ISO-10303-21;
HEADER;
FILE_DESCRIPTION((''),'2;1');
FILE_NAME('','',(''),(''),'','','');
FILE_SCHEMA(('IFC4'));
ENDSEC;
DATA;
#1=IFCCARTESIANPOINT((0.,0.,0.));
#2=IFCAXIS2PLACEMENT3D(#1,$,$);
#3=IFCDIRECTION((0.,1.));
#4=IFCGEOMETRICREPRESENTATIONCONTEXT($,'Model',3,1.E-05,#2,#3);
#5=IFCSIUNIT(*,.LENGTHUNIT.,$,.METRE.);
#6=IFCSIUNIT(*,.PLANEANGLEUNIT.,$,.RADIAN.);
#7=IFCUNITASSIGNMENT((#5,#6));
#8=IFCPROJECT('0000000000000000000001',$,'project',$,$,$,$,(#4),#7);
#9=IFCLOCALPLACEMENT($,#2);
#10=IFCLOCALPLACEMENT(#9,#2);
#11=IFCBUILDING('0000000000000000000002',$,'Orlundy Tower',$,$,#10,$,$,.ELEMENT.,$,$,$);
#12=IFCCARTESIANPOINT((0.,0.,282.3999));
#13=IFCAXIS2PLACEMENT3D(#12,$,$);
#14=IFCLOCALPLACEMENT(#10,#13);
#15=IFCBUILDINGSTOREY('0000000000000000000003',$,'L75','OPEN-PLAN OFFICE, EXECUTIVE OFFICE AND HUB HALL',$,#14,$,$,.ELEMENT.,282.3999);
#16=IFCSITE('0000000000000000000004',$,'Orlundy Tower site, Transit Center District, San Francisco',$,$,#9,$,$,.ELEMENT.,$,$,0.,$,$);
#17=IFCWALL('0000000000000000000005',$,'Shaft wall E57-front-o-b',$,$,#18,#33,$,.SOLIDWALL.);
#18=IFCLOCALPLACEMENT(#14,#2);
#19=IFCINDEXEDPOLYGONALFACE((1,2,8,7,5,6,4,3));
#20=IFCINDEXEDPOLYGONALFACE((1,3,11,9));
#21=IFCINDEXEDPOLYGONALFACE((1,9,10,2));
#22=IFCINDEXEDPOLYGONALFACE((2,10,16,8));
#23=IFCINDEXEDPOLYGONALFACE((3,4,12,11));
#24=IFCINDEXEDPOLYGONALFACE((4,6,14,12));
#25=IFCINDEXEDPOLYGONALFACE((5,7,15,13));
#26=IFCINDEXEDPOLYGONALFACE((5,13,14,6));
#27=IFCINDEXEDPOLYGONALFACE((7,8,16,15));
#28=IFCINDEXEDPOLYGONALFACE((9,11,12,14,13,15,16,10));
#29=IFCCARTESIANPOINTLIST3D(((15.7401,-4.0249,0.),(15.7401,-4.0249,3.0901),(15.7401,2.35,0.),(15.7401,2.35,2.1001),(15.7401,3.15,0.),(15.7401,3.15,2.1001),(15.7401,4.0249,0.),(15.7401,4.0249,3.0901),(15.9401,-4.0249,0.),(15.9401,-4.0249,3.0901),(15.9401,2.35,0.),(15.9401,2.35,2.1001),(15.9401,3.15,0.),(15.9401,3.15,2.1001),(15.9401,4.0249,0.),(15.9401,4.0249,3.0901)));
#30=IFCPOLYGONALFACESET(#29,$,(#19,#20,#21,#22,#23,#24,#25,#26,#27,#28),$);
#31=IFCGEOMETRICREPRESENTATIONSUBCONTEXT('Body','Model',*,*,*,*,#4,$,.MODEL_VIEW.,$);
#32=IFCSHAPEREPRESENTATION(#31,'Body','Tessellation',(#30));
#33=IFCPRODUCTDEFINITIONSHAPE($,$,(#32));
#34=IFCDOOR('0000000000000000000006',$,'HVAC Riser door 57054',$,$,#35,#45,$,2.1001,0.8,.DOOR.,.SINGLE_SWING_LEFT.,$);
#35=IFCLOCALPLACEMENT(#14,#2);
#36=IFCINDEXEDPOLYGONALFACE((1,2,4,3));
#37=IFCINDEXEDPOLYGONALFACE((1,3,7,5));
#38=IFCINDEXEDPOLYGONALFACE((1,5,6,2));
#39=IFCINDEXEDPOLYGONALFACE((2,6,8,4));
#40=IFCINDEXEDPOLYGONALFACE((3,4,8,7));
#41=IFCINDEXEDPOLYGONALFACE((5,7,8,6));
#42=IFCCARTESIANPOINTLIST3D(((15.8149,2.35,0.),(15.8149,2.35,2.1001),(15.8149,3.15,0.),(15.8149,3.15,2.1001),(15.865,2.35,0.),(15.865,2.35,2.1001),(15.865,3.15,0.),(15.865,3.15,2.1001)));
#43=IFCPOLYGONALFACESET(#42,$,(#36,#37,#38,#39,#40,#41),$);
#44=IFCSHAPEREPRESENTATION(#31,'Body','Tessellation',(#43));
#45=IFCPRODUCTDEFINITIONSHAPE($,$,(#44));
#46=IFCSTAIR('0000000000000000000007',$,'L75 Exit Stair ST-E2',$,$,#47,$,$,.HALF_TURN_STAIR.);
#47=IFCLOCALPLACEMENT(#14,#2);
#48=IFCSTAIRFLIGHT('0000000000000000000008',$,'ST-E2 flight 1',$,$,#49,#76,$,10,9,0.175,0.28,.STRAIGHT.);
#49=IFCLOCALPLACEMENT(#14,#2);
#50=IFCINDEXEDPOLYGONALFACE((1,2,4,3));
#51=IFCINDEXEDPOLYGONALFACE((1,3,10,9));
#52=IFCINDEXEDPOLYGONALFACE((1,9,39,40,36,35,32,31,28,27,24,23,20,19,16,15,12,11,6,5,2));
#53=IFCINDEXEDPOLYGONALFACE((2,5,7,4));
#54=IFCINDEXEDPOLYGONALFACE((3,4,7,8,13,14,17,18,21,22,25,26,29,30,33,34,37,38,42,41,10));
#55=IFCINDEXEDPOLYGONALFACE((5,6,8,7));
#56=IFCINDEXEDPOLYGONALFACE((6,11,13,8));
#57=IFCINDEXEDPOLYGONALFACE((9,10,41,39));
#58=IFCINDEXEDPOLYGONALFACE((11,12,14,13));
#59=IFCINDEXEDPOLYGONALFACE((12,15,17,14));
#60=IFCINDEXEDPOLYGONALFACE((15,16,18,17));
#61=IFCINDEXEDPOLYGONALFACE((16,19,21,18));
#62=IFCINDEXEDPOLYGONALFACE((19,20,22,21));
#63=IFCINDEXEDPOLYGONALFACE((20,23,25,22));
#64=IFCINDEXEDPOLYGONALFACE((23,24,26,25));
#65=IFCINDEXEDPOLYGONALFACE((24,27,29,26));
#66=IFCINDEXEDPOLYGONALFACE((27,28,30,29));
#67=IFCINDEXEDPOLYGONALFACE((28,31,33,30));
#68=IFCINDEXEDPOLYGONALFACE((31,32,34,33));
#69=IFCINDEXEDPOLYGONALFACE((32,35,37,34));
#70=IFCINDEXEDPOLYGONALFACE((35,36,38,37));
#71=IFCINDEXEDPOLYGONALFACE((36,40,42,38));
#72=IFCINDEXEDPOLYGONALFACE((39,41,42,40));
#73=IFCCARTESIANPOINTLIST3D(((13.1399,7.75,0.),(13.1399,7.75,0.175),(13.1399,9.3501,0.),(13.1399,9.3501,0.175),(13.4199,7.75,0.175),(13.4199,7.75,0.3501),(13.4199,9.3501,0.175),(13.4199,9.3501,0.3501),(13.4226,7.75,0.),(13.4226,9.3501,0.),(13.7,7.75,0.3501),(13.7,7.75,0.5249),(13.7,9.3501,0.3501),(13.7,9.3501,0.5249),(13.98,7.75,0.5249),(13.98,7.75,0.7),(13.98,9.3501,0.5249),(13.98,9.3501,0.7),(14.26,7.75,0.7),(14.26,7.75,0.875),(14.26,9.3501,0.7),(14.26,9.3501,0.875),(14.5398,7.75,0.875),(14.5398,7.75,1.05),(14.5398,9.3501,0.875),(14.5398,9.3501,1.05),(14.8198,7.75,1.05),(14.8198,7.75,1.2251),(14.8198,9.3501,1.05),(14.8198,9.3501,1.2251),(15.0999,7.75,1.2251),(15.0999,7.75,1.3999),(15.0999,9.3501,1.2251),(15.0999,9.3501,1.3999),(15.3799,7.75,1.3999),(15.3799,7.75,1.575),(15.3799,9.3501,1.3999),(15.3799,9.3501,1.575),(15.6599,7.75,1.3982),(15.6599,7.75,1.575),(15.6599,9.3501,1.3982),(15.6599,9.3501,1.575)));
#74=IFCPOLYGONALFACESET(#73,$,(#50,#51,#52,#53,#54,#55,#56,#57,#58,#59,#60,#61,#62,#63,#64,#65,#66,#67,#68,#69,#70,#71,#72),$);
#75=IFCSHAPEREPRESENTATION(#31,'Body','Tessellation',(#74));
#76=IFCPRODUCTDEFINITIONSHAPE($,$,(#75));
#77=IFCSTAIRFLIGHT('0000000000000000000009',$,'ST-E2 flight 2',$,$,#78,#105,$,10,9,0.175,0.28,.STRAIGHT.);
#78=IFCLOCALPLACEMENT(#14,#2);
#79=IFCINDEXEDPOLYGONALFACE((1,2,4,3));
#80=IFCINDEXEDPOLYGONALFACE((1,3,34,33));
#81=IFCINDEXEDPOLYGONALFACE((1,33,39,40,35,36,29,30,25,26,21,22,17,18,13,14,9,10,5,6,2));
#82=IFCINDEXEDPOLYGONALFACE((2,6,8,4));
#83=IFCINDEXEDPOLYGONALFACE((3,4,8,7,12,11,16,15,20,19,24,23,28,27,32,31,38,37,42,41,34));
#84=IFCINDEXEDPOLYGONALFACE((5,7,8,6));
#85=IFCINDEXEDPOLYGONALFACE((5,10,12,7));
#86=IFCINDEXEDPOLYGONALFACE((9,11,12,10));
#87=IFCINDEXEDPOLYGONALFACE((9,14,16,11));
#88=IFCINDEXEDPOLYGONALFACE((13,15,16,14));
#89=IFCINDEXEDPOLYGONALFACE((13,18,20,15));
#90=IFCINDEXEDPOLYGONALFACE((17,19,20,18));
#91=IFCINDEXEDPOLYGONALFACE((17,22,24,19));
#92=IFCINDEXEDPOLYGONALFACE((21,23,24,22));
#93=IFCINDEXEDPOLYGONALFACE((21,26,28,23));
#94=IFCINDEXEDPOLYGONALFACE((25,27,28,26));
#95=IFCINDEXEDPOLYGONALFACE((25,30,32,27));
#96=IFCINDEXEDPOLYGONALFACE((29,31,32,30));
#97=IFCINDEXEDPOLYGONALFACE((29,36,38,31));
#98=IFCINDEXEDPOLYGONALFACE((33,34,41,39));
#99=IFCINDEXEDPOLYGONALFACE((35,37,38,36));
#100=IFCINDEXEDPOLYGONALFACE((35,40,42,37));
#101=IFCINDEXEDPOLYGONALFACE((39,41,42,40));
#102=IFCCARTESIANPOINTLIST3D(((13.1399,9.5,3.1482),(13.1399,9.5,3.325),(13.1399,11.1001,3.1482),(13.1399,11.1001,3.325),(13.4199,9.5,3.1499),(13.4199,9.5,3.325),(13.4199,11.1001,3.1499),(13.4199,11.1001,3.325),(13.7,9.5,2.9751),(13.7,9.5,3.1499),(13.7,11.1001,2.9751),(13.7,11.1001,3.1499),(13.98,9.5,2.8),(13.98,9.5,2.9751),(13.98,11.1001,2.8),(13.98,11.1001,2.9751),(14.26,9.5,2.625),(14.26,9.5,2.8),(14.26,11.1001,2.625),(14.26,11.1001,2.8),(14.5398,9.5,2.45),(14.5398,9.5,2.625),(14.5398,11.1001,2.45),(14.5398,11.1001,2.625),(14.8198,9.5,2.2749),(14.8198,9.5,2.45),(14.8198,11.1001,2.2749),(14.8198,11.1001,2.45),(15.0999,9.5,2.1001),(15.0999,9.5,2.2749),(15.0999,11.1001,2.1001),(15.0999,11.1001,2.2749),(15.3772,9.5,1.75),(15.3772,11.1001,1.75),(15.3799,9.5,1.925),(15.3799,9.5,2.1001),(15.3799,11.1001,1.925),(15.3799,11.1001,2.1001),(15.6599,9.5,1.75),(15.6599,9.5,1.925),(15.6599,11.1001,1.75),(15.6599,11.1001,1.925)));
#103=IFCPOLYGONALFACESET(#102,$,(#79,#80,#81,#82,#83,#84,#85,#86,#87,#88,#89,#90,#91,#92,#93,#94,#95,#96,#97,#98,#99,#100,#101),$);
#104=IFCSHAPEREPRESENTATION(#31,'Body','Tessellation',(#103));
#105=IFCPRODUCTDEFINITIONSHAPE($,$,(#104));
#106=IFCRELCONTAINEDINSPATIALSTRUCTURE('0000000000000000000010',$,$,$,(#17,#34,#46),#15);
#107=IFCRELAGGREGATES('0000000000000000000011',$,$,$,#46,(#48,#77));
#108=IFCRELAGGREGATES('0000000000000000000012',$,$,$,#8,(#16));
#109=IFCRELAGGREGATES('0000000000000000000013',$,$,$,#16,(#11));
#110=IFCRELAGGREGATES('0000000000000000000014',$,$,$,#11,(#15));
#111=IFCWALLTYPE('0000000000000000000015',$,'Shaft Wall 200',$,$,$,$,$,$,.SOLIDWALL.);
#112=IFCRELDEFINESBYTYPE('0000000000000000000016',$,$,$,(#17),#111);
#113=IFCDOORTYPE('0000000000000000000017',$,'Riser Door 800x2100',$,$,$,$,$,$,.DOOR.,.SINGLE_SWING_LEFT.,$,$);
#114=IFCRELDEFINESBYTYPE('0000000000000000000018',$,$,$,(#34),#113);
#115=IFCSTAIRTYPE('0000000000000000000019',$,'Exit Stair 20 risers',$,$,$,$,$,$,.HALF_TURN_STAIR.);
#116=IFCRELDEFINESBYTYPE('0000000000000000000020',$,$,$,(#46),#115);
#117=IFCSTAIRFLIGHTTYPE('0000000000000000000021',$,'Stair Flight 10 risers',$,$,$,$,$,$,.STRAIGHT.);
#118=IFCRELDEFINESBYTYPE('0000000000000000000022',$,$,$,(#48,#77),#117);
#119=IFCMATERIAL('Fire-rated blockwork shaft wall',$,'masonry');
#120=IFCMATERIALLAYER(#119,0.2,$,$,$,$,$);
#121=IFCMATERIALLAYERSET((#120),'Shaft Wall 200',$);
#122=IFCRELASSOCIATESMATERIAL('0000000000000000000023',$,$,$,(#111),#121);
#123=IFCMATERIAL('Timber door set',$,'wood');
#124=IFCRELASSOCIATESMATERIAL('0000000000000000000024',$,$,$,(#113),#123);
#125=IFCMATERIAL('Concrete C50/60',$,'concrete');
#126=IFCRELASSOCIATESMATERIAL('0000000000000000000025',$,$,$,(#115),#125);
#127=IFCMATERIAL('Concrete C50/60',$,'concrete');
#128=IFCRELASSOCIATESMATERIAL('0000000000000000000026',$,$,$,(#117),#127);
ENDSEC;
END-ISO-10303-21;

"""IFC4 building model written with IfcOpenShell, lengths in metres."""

from ifc_helpers import new_model, si_unit, direction, frame, frame_2d, origin, place, context, subcontext, project, spatial, polyline, rectangle, outline, extrude, material, layer, layer_set, type_object, element, fill, aggregate, save


model = new_model("IFC4")

# Units and contexts
model_context = context("Model", 3, precision=1e-05, world=origin(), true_north=direction((0.0, 1.0)))
body_context = subcontext(model_context, "Body", "Model", "MODEL_VIEW")
ifc_project = project(units=[si_unit("LENGTHUNIT", "METRE"), si_unit("PLANEANGLEUNIT", "RADIAN")], contexts=[model_context])

# Site, building, storey
site_placement = place(None, origin())
site = spatial("IfcSite", under=ifc_project, at=site_placement, Name="Orlundy Tower site, Transit Center District, San Francisco", CompositionType="ELEMENT", RefElevation=0.0)
building_placement = place(site_placement, origin())
building = spatial("IfcBuilding", under=site, at=building_placement, Name="Orlundy Tower", CompositionType="ELEMENT")
storey_placement = place(building_placement, frame((0.0, 0.0, 282.3999)))
storey = spatial("IfcBuildingStorey", under=building, at=storey_placement, Name="L75", Description="OPEN-PLAN OFFICE, EXECUTIVE OFFICE AND HUB HALL", CompositionType="ELEMENT", Elevation=282.3999)

# Shared definitions
ifc_material_1 = material(Name="Fire-rated blockwork shaft wall", Category="masonry")
ifc_layer_1 = layer(ifc_material_1, 0.2)
ifc_layer_set_1 = layer_set([ifc_layer_1], Name="Shaft Wall 200")
wall_type_1 = type_object("IfcWallType", Name="Shaft Wall 200", PredefinedType="SOLIDWALL", material=ifc_layer_set_1)

# Shared definitions
ifc_material_2 = material(Name="Timber door set", Category="wood")
door_type_1 = type_object("IfcDoorType", Name="Riser Door 800x2100", OperationType="SINGLE_SWING_LEFT", PredefinedType="DOOR", material=ifc_material_2)

# Wall, opening, door
wall_1_placement = place(storey_placement, frame((15.8401, 4.0249, 0.0), z_axis=(0.0, 0.0, 1.0), x_axis=(0.0, -1.0, 0.0)))
wall_1 = element("IfcWall", 1, at=wall_1_placement, inside=storey, type_object=wall_type_1, Name="Shaft wall E57-front-o-b", PredefinedType="SOLIDWALL", context=body_context, shape_type="SweptSolid", body=[
    extrude(rectangle(XDim=8.0498, YDim=0.2, at=frame_2d((4.0249, 0.0))), origin(), (0.0, 0.0, 1.0), 3.0901),
])
opening_1_placement = place(wall_1_placement, frame((0.875, 0.0, 0.0)))
opening_1 = element("IfcOpeningElement", 2, at=opening_1_placement, cuts=wall_1, PredefinedType="OPENING", context=body_context, shape_type="SweptSolid", body=[
    extrude(rectangle(XDim=0.8, YDim=2.1001, at=frame_2d((0.3999, 1.05))), frame((0.0, 0.1101, 0.0), z_axis=(0.0, -1.0, 0.0), x_axis=(1.0, 0.0, 0.0)), (0.0, 0.0, 1.0), 0.2202),
])
door_1_placement = place(opening_1_placement, origin())
door_1 = element("IfcDoor", 3, at=door_1_placement, inside=storey, type_object=door_type_1, Name="HVAC Riser door 57054", OperationType="SINGLE_SWING_LEFT", OverallHeight=2.1001, OverallWidth=0.8, PredefinedType="DOOR", context=body_context, shape_type="SweptSolid", body=[
    extrude(rectangle(XDim=0.8, YDim=2.1001, at=frame_2d((0.3999, 1.05))), frame((0.0, 0.0249, 0.0), z_axis=(0.0, -1.0, 0.0), x_axis=(1.0, 0.0, 0.0)), (0.0, 0.0, 1.0), 0.05),
])
fill(opening_1, door_1)

# Stair, stair flights
ifc_material_3 = material(Name="Concrete C50/60", Category="concrete")
stair_type = type_object("IfcStairType", Name="Exit Stair 20 risers", PredefinedType="HALF_TURN_STAIR", material=ifc_material_3)
stair_placement = place(storey_placement, origin())
stair = element("IfcStair", 4, at=stair_placement, inside=storey, type_object=stair_type, Name="L75 Exit Stair ST-E2", PredefinedType="HALF_TURN_STAIR")
ifc_material_4 = material(Name="Concrete C50/60", Category="concrete")
stair_flight_type = type_object("IfcStairFlightType", Name="Stair Flight 10 risers", PredefinedType="STRAIGHT", material=ifc_material_4)
stair_flight_1_placement = place(storey_placement, frame((13.1399, 8.55, 0.0), z_axis=(0.0, 0.0, 1.0), x_axis=(1.0, 0.0, 0.0)))
stair_flight_1 = element("IfcStairFlight", 5, at=stair_flight_1_placement, type_object=stair_flight_type, Name="ST-E2 flight 1", NumberOfRisers=10, NumberOfTreads=9, PredefinedType="STRAIGHT", RiserHeight=0.175, TreadLength=0.28, context=body_context, shape_type="SweptSolid", body=[
    extrude(outline(polyline([(0.0, 0.0), (0.0, 0.175), (0.28, 0.175), (0.28, 0.3501), (0.5601, 0.3501), (0.5601, 0.5249), (0.8401, 0.5249), (0.8401, 0.7), (1.1201, 0.7), (1.1201, 0.875), (1.3999, 0.875), (1.3999, 1.05), (1.6799, 1.05), (1.6799, 1.2251), (1.96, 1.2251), (1.96, 1.3999), (2.24, 1.3999), (2.24, 1.575), (2.52, 1.575), (2.52, 1.75), (2.52, 1.3982), (0.2827, 0.0), (0.0, 0.0)])), frame((0.0, 0.8, 0.0), z_axis=(0.0, -1.0, 0.0), x_axis=(1.0, 0.0, 0.0)), (0.0, 0.0, 1.0), 1.6001),
])
stair_flight_2_placement = place(storey_placement, frame((15.6599, 10.3, 1.75), z_axis=(0.0, 0.0, 1.0), x_axis=(-1.0, 0.0, 0.0)))
stair_flight_2 = element("IfcStairFlight", 6, at=stair_flight_2_placement, type_object=stair_flight_type, Name="ST-E2 flight 2", NumberOfRisers=10, NumberOfTreads=9, PredefinedType="STRAIGHT", RiserHeight=0.175, TreadLength=0.28, context=body_context, shape_type="SweptSolid", body=[
    extrude(outline(polyline([(0.0, 0.0), (0.0, 0.175), (0.28, 0.175), (0.28, 0.3501), (0.5601, 0.3501), (0.5601, 0.5249), (0.8401, 0.5249), (0.8401, 0.7), (1.1201, 0.7), (1.1201, 0.875), (1.3999, 0.875), (1.3999, 1.05), (1.6799, 1.05), (1.6799, 1.2251), (1.96, 1.2251), (1.96, 1.3999), (2.24, 1.3999), (2.24, 1.575), (2.52, 1.575), (2.52, 1.75), (2.52, 1.3982), (0.2827, 0.0), (0.0, 0.0)])), frame((0.0, 0.8, 0.0), z_axis=(0.0, -1.0, 0.0), x_axis=(1.0, 0.0, 0.0)), (0.0, 0.0, 1.0), 1.6001),
])
aggregate(stair, [stair_flight_1, stair_flight_2])

save(model, "model.ifc")
